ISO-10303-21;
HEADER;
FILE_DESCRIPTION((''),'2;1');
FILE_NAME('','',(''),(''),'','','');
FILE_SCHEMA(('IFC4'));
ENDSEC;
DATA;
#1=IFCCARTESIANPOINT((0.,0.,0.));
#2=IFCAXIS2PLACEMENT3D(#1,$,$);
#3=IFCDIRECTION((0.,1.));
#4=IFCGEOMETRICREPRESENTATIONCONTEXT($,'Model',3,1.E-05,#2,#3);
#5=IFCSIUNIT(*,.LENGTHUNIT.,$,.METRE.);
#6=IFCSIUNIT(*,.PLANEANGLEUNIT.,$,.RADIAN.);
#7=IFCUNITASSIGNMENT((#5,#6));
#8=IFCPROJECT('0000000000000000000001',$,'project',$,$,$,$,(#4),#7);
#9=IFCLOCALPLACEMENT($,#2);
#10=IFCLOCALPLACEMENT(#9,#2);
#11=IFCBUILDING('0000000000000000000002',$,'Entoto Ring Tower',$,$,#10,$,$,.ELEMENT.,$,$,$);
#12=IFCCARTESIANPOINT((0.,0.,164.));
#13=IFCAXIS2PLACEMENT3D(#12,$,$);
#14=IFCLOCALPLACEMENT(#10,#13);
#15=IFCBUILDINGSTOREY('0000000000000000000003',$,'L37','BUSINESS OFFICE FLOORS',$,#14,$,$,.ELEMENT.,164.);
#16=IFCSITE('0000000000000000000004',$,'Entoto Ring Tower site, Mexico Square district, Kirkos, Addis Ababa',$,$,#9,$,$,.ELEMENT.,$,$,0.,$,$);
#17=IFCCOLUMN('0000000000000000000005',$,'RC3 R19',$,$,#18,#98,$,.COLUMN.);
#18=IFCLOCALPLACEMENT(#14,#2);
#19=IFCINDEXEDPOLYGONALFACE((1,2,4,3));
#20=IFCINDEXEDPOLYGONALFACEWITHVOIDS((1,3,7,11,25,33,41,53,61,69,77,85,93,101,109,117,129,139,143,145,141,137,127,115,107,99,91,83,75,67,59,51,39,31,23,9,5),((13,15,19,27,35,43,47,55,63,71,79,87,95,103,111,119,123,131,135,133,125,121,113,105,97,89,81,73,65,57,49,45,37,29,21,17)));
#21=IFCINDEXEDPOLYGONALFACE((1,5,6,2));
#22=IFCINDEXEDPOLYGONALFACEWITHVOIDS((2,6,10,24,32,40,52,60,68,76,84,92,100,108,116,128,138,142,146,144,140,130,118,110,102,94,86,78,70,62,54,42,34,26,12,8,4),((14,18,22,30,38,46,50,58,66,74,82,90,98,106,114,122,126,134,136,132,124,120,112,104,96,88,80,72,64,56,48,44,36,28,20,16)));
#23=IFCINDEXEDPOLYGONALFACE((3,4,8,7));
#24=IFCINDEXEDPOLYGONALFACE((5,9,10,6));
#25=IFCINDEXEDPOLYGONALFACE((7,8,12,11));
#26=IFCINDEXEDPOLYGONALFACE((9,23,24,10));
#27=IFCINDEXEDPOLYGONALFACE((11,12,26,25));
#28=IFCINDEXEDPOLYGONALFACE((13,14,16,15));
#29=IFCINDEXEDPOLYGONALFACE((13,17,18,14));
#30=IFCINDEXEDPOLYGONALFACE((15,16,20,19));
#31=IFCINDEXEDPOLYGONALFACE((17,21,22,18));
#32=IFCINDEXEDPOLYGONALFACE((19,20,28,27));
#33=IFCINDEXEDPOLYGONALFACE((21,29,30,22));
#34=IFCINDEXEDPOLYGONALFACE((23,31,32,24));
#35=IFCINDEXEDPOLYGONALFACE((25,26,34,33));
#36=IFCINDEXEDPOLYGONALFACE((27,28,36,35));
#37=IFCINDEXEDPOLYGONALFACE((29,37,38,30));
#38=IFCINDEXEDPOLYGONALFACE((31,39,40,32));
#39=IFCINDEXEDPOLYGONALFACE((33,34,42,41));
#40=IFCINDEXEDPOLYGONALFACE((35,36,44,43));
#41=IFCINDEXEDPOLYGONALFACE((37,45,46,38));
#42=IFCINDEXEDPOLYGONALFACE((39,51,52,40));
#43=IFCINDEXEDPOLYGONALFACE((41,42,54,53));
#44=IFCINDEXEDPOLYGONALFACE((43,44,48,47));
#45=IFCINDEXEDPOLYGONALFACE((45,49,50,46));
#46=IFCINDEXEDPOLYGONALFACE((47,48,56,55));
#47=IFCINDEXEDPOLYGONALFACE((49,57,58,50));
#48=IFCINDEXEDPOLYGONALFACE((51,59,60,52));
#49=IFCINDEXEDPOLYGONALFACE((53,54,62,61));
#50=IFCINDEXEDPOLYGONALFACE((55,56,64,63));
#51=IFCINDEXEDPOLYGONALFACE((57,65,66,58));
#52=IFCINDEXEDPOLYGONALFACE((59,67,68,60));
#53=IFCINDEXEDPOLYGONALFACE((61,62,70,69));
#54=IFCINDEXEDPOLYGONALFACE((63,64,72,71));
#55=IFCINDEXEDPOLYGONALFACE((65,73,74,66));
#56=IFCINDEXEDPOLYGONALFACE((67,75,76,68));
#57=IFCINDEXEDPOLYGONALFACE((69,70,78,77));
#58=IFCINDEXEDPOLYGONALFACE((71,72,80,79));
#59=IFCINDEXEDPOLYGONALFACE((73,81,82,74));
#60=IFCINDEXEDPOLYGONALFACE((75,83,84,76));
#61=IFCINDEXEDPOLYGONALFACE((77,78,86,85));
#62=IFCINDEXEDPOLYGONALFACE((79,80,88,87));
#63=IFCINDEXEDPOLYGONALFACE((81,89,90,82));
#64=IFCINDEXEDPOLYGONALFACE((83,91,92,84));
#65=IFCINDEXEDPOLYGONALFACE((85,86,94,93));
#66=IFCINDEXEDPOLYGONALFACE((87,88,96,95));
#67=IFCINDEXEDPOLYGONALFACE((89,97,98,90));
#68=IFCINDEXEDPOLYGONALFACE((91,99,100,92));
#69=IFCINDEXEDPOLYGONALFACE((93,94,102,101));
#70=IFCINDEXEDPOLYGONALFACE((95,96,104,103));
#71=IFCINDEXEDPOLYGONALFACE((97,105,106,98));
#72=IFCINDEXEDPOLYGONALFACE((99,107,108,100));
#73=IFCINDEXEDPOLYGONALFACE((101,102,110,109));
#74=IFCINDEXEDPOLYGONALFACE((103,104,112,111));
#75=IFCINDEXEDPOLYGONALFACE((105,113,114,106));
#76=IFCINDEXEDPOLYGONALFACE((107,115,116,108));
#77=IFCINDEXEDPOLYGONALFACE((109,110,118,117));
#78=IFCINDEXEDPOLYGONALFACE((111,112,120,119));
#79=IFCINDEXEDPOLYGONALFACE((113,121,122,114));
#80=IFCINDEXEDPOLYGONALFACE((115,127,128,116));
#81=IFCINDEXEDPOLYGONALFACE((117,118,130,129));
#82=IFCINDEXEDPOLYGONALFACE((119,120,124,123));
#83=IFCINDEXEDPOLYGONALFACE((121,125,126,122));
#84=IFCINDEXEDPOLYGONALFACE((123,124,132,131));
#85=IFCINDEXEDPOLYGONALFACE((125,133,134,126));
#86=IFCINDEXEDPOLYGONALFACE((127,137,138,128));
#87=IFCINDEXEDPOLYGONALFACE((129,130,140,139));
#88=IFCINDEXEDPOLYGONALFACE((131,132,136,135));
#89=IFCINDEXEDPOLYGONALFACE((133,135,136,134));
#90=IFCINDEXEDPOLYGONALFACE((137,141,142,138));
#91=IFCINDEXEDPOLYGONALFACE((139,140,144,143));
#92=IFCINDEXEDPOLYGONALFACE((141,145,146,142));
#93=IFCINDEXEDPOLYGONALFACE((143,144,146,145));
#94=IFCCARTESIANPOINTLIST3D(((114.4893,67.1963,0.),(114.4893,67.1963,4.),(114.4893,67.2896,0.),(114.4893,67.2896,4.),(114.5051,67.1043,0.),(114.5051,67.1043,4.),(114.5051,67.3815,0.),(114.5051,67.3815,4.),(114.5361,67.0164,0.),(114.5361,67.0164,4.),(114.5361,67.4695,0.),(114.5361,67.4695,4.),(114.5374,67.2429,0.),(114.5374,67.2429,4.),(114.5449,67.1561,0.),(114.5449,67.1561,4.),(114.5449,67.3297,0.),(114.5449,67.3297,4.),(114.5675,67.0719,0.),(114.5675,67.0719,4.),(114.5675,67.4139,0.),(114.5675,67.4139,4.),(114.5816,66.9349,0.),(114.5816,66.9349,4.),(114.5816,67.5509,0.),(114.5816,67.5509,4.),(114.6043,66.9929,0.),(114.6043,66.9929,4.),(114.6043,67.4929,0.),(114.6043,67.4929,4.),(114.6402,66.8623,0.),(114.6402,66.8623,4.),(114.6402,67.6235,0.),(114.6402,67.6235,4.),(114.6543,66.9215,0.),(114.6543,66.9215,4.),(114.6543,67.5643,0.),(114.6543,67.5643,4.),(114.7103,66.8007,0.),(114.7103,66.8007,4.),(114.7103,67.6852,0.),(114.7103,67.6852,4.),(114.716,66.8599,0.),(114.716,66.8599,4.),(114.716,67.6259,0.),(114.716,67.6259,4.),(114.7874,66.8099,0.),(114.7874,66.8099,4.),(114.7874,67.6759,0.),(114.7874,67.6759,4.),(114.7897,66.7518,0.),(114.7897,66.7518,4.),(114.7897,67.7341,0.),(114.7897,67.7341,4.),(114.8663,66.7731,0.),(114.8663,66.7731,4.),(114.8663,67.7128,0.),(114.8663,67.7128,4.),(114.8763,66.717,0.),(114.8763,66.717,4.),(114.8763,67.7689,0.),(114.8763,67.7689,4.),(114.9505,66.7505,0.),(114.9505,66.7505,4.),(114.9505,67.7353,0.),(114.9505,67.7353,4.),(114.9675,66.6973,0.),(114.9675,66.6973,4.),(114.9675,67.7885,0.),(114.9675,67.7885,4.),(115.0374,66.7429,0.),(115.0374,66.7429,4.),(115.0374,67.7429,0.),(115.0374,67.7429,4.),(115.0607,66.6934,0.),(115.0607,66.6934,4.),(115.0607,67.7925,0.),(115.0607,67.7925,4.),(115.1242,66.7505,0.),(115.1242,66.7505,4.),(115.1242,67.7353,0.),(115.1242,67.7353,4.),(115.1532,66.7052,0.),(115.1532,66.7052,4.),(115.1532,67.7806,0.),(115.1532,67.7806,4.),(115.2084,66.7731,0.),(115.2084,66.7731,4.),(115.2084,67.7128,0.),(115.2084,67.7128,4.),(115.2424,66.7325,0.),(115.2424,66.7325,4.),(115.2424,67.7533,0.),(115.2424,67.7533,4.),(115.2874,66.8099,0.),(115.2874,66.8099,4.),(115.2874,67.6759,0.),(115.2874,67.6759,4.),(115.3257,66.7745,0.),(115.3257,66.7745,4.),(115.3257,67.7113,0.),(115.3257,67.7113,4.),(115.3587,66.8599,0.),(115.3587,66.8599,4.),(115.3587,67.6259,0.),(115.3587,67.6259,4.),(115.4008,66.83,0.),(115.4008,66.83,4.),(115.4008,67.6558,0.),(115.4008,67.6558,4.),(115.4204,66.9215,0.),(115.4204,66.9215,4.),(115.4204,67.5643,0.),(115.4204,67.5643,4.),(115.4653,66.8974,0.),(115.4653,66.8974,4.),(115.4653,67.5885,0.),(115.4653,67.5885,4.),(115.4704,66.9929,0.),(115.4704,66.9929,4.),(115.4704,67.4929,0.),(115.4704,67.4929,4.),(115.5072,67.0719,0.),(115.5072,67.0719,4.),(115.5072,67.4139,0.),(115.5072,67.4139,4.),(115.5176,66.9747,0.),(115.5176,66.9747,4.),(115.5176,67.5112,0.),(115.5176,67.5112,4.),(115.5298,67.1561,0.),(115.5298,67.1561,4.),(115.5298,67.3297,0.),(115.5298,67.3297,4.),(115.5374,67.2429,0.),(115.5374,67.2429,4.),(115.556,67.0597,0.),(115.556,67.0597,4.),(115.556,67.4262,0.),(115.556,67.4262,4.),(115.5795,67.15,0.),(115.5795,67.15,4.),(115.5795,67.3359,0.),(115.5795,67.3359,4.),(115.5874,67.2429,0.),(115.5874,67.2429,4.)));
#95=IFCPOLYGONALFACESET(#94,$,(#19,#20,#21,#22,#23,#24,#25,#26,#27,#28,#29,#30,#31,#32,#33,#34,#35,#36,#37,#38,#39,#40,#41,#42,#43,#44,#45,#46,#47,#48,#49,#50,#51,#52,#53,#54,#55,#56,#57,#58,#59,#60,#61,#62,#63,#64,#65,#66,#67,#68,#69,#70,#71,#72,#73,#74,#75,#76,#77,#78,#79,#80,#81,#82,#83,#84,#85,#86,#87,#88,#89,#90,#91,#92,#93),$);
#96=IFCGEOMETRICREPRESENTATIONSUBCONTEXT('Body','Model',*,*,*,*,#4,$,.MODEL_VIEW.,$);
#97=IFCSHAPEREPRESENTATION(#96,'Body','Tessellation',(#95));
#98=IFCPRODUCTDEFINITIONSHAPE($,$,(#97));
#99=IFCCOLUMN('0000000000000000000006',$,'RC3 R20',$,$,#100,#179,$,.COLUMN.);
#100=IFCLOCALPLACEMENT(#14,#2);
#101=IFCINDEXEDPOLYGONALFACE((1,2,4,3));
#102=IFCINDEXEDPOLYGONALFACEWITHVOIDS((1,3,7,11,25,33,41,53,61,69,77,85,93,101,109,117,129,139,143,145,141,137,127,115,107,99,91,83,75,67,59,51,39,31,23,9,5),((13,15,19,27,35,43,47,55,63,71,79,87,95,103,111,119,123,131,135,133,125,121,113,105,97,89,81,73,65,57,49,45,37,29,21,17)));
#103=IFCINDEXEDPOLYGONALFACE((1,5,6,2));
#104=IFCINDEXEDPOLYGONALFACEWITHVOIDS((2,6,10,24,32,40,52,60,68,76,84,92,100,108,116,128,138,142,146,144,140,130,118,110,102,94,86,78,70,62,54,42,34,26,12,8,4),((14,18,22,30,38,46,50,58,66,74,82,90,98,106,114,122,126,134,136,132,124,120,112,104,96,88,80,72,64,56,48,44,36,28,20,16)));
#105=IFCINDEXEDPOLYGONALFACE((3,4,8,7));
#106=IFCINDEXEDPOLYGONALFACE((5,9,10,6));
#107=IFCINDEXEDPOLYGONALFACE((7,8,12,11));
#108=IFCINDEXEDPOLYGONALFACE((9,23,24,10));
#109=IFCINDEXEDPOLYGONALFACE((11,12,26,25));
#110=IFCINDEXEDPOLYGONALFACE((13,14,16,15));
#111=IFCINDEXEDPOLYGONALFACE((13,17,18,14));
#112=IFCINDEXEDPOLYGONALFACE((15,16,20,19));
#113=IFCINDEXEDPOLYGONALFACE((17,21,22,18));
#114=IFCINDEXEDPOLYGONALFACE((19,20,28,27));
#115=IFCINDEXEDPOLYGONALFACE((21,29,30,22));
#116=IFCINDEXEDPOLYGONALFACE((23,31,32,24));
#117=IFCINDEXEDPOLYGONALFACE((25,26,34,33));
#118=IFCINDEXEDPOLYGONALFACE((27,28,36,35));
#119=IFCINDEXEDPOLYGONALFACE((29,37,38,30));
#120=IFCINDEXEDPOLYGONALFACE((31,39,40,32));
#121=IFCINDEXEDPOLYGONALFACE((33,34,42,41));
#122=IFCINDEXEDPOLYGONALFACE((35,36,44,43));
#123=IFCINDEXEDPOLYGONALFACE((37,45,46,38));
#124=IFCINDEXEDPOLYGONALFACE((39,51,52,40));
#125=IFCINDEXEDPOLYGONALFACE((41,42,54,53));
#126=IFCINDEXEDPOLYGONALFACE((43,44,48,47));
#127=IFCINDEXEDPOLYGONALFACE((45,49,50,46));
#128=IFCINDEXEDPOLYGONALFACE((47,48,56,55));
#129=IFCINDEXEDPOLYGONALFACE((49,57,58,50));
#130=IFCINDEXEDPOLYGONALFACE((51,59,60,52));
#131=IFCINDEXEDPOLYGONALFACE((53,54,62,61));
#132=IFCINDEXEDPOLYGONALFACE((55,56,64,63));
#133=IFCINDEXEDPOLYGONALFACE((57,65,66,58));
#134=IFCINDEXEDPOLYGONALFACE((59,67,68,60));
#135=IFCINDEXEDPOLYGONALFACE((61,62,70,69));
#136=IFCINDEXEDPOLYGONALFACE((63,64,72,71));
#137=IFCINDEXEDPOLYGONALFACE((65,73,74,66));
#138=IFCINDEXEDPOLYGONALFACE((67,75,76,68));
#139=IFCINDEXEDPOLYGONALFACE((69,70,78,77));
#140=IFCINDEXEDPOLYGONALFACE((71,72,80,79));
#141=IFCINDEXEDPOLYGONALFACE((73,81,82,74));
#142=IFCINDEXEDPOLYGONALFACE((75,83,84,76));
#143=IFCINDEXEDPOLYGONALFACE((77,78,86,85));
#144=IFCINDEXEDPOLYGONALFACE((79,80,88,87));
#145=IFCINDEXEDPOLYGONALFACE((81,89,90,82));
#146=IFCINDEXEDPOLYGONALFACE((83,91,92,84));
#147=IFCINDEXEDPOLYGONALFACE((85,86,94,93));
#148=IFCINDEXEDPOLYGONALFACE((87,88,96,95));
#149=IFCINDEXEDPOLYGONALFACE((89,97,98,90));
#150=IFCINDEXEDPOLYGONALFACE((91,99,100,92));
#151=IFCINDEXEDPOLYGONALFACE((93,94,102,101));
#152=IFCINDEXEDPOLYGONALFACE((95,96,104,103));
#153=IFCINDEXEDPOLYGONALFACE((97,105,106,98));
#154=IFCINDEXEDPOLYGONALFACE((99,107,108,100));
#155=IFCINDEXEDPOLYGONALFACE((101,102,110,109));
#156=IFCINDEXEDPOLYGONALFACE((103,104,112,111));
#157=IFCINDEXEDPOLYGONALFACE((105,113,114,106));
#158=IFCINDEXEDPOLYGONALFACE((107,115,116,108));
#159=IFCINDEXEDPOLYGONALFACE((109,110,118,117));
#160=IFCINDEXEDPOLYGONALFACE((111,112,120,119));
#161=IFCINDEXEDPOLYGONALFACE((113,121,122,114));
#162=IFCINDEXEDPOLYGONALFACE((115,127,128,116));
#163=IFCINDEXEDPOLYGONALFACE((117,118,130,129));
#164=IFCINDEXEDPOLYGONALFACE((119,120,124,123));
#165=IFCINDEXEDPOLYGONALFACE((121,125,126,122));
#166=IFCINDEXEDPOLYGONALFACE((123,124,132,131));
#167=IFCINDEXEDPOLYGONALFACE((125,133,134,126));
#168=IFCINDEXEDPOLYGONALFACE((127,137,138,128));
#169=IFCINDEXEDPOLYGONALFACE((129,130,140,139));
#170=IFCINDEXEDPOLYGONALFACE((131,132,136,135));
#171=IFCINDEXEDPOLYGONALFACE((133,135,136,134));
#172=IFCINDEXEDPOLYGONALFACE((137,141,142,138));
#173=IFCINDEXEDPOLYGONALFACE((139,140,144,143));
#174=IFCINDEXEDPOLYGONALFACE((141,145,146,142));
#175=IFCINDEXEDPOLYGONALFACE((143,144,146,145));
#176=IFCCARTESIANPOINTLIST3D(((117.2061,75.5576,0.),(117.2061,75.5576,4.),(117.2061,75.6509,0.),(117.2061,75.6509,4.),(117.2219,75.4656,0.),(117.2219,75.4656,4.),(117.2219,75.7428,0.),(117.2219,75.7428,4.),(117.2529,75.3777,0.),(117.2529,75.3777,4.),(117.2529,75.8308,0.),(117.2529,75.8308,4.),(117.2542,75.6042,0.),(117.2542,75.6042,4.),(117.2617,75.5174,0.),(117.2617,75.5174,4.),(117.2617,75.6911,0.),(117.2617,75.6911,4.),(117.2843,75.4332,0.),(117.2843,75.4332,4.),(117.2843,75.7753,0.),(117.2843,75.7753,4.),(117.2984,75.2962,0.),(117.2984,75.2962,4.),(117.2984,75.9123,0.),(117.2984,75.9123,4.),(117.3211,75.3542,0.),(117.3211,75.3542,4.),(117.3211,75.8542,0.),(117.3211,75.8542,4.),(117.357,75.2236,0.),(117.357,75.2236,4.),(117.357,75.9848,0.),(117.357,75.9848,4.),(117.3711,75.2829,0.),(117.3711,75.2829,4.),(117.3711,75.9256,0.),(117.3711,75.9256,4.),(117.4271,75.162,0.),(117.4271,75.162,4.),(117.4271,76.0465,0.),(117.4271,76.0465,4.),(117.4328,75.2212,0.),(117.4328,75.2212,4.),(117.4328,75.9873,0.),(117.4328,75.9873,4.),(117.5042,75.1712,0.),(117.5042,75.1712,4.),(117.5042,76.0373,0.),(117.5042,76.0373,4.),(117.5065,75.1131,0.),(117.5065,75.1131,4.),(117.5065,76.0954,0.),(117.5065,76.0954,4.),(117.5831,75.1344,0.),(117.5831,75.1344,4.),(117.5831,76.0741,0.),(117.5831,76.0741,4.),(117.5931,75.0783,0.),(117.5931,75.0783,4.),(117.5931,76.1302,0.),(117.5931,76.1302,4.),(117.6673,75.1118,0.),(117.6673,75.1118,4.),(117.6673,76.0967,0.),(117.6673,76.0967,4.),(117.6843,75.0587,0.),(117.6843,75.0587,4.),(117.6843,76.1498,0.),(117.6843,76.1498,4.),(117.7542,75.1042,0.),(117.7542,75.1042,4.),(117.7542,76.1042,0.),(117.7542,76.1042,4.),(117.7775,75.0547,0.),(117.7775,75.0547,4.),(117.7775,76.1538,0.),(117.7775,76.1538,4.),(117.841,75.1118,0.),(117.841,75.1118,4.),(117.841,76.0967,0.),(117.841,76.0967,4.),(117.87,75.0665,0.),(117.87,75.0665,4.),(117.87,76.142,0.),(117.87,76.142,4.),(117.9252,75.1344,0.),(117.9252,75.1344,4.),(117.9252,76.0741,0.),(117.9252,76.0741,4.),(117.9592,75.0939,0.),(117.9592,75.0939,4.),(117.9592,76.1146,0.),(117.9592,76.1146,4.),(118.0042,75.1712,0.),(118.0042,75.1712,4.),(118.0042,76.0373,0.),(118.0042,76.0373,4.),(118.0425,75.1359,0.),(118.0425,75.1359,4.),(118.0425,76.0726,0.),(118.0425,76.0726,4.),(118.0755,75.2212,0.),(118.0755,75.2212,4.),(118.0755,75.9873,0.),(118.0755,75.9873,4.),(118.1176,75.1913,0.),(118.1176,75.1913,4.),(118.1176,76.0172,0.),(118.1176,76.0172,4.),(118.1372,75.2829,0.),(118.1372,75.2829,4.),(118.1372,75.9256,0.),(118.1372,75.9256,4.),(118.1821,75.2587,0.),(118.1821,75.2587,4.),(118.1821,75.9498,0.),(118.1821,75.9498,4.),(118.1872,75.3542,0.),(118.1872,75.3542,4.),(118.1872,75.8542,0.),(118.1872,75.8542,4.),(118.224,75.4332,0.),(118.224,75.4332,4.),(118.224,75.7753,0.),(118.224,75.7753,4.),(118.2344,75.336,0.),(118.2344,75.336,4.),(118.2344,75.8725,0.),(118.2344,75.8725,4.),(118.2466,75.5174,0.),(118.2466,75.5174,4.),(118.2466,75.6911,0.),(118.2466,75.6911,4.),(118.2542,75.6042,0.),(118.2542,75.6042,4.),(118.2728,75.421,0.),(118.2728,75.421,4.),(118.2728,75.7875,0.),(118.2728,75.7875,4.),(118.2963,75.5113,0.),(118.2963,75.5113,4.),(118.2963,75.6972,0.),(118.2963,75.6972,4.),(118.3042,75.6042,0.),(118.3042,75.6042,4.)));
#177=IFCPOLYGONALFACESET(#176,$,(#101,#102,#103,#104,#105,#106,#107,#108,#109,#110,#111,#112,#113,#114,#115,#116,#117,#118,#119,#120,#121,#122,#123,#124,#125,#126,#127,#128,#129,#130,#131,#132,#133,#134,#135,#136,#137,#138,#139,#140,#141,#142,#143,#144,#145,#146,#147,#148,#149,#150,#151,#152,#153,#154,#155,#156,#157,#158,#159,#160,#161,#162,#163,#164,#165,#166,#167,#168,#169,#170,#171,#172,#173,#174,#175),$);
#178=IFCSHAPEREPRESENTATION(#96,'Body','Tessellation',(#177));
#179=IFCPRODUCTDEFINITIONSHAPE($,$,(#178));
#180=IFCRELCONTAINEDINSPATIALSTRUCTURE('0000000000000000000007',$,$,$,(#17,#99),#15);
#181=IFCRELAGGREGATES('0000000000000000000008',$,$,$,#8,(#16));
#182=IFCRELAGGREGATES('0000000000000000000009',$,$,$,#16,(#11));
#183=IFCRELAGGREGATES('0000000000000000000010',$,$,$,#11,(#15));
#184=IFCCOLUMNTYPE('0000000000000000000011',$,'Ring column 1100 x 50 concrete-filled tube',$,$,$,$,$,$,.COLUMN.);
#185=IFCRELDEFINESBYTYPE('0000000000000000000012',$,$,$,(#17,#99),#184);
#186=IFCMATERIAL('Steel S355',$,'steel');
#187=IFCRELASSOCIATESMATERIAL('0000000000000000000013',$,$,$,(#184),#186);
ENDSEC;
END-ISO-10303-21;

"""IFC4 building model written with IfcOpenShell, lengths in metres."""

from ifc_helpers import new_model, si_unit, direction, frame, origin, origin_2d, place, context, subcontext, project, spatial, circle, hollow_circle, extrude, material, material_profile, profile_set, type_object, element, save


model = new_model("IFC4")

# Units and contexts
model_context = context("Model", 3, precision=1e-05, world=origin(), true_north=direction((0.0, 1.0)))
body_context = subcontext(model_context, "Body", "Model", "MODEL_VIEW")
ifc_project = project(units=[si_unit("LENGTHUNIT", "METRE"), si_unit("PLANEANGLEUNIT", "RADIAN")], contexts=[model_context])

# Site, building, storey
site_placement = place(None, origin())
site = spatial("IfcSite", under=ifc_project, at=site_placement, Name="Entoto Ring Tower site, Mexico Square district, Kirkos, Addis Ababa", CompositionType="ELEMENT", RefElevation=0.0)
building_placement = place(site_placement, origin())
building = spatial("IfcBuilding", under=site, at=building_placement, Name="Entoto Ring Tower", CompositionType="ELEMENT")
storey_placement = place(building_placement, frame((0.0, 0.0, 164.0)))
storey = spatial("IfcBuildingStorey", under=building, at=storey_placement, Name="L37", Description="BUSINESS OFFICE FLOORS", CompositionType="ELEMENT", Elevation=164.0)

# Columns
ifc_material_1 = material(Name="Steel S355", Category="steel")
ifc_material_profile_1 = material_profile(ifc_material_1, hollow_circle(Radius=0.55, WallThickness=0.05, at=origin_2d()), Name="CHS 1100 x 50")
ifc_material_2 = material(Name="Concrete C60/75", Category="concrete")
ifc_material_profile_2 = material_profile(ifc_material_2, circle(Radius=0.5, at=origin_2d()), Name="Concrete C60/75 infill")
ifc_profile_set_1 = profile_set([ifc_material_profile_1, ifc_material_profile_2], Name="Steel S355")
column_type = type_object("IfcColumnType", Name="Ring column 1100 x 50 concrete-filled tube", PredefinedType="COLUMN", material=ifc_profile_set_1)
for number, where, z_axis, x_axis, name in (
    (1, (115.0374, 67.2429, 0.0), (0.0, 0.0, 1.0), (1.0, 0.0, 0.0), "RC3 R19"),
    (2, (117.7542, 75.6042, 0.0), (0.0, 0.0, 1.0), (1.0, 0.0, 0.0), "RC3 R20"),
):
    element("IfcColumn", number, at=place(storey_placement, frame(where, z_axis=z_axis, x_axis=x_axis)), inside=storey, type_object=column_type, Name=name, PredefinedType="COLUMN", context=body_context, shape_type="SweptSolid", body=[
        extrude(hollow_circle(Radius=0.55, WallThickness=0.05, at=origin_2d()), origin(), (0.0, 0.0, 1.0), 4.0),
    ])

save(model, "model.ifc")
